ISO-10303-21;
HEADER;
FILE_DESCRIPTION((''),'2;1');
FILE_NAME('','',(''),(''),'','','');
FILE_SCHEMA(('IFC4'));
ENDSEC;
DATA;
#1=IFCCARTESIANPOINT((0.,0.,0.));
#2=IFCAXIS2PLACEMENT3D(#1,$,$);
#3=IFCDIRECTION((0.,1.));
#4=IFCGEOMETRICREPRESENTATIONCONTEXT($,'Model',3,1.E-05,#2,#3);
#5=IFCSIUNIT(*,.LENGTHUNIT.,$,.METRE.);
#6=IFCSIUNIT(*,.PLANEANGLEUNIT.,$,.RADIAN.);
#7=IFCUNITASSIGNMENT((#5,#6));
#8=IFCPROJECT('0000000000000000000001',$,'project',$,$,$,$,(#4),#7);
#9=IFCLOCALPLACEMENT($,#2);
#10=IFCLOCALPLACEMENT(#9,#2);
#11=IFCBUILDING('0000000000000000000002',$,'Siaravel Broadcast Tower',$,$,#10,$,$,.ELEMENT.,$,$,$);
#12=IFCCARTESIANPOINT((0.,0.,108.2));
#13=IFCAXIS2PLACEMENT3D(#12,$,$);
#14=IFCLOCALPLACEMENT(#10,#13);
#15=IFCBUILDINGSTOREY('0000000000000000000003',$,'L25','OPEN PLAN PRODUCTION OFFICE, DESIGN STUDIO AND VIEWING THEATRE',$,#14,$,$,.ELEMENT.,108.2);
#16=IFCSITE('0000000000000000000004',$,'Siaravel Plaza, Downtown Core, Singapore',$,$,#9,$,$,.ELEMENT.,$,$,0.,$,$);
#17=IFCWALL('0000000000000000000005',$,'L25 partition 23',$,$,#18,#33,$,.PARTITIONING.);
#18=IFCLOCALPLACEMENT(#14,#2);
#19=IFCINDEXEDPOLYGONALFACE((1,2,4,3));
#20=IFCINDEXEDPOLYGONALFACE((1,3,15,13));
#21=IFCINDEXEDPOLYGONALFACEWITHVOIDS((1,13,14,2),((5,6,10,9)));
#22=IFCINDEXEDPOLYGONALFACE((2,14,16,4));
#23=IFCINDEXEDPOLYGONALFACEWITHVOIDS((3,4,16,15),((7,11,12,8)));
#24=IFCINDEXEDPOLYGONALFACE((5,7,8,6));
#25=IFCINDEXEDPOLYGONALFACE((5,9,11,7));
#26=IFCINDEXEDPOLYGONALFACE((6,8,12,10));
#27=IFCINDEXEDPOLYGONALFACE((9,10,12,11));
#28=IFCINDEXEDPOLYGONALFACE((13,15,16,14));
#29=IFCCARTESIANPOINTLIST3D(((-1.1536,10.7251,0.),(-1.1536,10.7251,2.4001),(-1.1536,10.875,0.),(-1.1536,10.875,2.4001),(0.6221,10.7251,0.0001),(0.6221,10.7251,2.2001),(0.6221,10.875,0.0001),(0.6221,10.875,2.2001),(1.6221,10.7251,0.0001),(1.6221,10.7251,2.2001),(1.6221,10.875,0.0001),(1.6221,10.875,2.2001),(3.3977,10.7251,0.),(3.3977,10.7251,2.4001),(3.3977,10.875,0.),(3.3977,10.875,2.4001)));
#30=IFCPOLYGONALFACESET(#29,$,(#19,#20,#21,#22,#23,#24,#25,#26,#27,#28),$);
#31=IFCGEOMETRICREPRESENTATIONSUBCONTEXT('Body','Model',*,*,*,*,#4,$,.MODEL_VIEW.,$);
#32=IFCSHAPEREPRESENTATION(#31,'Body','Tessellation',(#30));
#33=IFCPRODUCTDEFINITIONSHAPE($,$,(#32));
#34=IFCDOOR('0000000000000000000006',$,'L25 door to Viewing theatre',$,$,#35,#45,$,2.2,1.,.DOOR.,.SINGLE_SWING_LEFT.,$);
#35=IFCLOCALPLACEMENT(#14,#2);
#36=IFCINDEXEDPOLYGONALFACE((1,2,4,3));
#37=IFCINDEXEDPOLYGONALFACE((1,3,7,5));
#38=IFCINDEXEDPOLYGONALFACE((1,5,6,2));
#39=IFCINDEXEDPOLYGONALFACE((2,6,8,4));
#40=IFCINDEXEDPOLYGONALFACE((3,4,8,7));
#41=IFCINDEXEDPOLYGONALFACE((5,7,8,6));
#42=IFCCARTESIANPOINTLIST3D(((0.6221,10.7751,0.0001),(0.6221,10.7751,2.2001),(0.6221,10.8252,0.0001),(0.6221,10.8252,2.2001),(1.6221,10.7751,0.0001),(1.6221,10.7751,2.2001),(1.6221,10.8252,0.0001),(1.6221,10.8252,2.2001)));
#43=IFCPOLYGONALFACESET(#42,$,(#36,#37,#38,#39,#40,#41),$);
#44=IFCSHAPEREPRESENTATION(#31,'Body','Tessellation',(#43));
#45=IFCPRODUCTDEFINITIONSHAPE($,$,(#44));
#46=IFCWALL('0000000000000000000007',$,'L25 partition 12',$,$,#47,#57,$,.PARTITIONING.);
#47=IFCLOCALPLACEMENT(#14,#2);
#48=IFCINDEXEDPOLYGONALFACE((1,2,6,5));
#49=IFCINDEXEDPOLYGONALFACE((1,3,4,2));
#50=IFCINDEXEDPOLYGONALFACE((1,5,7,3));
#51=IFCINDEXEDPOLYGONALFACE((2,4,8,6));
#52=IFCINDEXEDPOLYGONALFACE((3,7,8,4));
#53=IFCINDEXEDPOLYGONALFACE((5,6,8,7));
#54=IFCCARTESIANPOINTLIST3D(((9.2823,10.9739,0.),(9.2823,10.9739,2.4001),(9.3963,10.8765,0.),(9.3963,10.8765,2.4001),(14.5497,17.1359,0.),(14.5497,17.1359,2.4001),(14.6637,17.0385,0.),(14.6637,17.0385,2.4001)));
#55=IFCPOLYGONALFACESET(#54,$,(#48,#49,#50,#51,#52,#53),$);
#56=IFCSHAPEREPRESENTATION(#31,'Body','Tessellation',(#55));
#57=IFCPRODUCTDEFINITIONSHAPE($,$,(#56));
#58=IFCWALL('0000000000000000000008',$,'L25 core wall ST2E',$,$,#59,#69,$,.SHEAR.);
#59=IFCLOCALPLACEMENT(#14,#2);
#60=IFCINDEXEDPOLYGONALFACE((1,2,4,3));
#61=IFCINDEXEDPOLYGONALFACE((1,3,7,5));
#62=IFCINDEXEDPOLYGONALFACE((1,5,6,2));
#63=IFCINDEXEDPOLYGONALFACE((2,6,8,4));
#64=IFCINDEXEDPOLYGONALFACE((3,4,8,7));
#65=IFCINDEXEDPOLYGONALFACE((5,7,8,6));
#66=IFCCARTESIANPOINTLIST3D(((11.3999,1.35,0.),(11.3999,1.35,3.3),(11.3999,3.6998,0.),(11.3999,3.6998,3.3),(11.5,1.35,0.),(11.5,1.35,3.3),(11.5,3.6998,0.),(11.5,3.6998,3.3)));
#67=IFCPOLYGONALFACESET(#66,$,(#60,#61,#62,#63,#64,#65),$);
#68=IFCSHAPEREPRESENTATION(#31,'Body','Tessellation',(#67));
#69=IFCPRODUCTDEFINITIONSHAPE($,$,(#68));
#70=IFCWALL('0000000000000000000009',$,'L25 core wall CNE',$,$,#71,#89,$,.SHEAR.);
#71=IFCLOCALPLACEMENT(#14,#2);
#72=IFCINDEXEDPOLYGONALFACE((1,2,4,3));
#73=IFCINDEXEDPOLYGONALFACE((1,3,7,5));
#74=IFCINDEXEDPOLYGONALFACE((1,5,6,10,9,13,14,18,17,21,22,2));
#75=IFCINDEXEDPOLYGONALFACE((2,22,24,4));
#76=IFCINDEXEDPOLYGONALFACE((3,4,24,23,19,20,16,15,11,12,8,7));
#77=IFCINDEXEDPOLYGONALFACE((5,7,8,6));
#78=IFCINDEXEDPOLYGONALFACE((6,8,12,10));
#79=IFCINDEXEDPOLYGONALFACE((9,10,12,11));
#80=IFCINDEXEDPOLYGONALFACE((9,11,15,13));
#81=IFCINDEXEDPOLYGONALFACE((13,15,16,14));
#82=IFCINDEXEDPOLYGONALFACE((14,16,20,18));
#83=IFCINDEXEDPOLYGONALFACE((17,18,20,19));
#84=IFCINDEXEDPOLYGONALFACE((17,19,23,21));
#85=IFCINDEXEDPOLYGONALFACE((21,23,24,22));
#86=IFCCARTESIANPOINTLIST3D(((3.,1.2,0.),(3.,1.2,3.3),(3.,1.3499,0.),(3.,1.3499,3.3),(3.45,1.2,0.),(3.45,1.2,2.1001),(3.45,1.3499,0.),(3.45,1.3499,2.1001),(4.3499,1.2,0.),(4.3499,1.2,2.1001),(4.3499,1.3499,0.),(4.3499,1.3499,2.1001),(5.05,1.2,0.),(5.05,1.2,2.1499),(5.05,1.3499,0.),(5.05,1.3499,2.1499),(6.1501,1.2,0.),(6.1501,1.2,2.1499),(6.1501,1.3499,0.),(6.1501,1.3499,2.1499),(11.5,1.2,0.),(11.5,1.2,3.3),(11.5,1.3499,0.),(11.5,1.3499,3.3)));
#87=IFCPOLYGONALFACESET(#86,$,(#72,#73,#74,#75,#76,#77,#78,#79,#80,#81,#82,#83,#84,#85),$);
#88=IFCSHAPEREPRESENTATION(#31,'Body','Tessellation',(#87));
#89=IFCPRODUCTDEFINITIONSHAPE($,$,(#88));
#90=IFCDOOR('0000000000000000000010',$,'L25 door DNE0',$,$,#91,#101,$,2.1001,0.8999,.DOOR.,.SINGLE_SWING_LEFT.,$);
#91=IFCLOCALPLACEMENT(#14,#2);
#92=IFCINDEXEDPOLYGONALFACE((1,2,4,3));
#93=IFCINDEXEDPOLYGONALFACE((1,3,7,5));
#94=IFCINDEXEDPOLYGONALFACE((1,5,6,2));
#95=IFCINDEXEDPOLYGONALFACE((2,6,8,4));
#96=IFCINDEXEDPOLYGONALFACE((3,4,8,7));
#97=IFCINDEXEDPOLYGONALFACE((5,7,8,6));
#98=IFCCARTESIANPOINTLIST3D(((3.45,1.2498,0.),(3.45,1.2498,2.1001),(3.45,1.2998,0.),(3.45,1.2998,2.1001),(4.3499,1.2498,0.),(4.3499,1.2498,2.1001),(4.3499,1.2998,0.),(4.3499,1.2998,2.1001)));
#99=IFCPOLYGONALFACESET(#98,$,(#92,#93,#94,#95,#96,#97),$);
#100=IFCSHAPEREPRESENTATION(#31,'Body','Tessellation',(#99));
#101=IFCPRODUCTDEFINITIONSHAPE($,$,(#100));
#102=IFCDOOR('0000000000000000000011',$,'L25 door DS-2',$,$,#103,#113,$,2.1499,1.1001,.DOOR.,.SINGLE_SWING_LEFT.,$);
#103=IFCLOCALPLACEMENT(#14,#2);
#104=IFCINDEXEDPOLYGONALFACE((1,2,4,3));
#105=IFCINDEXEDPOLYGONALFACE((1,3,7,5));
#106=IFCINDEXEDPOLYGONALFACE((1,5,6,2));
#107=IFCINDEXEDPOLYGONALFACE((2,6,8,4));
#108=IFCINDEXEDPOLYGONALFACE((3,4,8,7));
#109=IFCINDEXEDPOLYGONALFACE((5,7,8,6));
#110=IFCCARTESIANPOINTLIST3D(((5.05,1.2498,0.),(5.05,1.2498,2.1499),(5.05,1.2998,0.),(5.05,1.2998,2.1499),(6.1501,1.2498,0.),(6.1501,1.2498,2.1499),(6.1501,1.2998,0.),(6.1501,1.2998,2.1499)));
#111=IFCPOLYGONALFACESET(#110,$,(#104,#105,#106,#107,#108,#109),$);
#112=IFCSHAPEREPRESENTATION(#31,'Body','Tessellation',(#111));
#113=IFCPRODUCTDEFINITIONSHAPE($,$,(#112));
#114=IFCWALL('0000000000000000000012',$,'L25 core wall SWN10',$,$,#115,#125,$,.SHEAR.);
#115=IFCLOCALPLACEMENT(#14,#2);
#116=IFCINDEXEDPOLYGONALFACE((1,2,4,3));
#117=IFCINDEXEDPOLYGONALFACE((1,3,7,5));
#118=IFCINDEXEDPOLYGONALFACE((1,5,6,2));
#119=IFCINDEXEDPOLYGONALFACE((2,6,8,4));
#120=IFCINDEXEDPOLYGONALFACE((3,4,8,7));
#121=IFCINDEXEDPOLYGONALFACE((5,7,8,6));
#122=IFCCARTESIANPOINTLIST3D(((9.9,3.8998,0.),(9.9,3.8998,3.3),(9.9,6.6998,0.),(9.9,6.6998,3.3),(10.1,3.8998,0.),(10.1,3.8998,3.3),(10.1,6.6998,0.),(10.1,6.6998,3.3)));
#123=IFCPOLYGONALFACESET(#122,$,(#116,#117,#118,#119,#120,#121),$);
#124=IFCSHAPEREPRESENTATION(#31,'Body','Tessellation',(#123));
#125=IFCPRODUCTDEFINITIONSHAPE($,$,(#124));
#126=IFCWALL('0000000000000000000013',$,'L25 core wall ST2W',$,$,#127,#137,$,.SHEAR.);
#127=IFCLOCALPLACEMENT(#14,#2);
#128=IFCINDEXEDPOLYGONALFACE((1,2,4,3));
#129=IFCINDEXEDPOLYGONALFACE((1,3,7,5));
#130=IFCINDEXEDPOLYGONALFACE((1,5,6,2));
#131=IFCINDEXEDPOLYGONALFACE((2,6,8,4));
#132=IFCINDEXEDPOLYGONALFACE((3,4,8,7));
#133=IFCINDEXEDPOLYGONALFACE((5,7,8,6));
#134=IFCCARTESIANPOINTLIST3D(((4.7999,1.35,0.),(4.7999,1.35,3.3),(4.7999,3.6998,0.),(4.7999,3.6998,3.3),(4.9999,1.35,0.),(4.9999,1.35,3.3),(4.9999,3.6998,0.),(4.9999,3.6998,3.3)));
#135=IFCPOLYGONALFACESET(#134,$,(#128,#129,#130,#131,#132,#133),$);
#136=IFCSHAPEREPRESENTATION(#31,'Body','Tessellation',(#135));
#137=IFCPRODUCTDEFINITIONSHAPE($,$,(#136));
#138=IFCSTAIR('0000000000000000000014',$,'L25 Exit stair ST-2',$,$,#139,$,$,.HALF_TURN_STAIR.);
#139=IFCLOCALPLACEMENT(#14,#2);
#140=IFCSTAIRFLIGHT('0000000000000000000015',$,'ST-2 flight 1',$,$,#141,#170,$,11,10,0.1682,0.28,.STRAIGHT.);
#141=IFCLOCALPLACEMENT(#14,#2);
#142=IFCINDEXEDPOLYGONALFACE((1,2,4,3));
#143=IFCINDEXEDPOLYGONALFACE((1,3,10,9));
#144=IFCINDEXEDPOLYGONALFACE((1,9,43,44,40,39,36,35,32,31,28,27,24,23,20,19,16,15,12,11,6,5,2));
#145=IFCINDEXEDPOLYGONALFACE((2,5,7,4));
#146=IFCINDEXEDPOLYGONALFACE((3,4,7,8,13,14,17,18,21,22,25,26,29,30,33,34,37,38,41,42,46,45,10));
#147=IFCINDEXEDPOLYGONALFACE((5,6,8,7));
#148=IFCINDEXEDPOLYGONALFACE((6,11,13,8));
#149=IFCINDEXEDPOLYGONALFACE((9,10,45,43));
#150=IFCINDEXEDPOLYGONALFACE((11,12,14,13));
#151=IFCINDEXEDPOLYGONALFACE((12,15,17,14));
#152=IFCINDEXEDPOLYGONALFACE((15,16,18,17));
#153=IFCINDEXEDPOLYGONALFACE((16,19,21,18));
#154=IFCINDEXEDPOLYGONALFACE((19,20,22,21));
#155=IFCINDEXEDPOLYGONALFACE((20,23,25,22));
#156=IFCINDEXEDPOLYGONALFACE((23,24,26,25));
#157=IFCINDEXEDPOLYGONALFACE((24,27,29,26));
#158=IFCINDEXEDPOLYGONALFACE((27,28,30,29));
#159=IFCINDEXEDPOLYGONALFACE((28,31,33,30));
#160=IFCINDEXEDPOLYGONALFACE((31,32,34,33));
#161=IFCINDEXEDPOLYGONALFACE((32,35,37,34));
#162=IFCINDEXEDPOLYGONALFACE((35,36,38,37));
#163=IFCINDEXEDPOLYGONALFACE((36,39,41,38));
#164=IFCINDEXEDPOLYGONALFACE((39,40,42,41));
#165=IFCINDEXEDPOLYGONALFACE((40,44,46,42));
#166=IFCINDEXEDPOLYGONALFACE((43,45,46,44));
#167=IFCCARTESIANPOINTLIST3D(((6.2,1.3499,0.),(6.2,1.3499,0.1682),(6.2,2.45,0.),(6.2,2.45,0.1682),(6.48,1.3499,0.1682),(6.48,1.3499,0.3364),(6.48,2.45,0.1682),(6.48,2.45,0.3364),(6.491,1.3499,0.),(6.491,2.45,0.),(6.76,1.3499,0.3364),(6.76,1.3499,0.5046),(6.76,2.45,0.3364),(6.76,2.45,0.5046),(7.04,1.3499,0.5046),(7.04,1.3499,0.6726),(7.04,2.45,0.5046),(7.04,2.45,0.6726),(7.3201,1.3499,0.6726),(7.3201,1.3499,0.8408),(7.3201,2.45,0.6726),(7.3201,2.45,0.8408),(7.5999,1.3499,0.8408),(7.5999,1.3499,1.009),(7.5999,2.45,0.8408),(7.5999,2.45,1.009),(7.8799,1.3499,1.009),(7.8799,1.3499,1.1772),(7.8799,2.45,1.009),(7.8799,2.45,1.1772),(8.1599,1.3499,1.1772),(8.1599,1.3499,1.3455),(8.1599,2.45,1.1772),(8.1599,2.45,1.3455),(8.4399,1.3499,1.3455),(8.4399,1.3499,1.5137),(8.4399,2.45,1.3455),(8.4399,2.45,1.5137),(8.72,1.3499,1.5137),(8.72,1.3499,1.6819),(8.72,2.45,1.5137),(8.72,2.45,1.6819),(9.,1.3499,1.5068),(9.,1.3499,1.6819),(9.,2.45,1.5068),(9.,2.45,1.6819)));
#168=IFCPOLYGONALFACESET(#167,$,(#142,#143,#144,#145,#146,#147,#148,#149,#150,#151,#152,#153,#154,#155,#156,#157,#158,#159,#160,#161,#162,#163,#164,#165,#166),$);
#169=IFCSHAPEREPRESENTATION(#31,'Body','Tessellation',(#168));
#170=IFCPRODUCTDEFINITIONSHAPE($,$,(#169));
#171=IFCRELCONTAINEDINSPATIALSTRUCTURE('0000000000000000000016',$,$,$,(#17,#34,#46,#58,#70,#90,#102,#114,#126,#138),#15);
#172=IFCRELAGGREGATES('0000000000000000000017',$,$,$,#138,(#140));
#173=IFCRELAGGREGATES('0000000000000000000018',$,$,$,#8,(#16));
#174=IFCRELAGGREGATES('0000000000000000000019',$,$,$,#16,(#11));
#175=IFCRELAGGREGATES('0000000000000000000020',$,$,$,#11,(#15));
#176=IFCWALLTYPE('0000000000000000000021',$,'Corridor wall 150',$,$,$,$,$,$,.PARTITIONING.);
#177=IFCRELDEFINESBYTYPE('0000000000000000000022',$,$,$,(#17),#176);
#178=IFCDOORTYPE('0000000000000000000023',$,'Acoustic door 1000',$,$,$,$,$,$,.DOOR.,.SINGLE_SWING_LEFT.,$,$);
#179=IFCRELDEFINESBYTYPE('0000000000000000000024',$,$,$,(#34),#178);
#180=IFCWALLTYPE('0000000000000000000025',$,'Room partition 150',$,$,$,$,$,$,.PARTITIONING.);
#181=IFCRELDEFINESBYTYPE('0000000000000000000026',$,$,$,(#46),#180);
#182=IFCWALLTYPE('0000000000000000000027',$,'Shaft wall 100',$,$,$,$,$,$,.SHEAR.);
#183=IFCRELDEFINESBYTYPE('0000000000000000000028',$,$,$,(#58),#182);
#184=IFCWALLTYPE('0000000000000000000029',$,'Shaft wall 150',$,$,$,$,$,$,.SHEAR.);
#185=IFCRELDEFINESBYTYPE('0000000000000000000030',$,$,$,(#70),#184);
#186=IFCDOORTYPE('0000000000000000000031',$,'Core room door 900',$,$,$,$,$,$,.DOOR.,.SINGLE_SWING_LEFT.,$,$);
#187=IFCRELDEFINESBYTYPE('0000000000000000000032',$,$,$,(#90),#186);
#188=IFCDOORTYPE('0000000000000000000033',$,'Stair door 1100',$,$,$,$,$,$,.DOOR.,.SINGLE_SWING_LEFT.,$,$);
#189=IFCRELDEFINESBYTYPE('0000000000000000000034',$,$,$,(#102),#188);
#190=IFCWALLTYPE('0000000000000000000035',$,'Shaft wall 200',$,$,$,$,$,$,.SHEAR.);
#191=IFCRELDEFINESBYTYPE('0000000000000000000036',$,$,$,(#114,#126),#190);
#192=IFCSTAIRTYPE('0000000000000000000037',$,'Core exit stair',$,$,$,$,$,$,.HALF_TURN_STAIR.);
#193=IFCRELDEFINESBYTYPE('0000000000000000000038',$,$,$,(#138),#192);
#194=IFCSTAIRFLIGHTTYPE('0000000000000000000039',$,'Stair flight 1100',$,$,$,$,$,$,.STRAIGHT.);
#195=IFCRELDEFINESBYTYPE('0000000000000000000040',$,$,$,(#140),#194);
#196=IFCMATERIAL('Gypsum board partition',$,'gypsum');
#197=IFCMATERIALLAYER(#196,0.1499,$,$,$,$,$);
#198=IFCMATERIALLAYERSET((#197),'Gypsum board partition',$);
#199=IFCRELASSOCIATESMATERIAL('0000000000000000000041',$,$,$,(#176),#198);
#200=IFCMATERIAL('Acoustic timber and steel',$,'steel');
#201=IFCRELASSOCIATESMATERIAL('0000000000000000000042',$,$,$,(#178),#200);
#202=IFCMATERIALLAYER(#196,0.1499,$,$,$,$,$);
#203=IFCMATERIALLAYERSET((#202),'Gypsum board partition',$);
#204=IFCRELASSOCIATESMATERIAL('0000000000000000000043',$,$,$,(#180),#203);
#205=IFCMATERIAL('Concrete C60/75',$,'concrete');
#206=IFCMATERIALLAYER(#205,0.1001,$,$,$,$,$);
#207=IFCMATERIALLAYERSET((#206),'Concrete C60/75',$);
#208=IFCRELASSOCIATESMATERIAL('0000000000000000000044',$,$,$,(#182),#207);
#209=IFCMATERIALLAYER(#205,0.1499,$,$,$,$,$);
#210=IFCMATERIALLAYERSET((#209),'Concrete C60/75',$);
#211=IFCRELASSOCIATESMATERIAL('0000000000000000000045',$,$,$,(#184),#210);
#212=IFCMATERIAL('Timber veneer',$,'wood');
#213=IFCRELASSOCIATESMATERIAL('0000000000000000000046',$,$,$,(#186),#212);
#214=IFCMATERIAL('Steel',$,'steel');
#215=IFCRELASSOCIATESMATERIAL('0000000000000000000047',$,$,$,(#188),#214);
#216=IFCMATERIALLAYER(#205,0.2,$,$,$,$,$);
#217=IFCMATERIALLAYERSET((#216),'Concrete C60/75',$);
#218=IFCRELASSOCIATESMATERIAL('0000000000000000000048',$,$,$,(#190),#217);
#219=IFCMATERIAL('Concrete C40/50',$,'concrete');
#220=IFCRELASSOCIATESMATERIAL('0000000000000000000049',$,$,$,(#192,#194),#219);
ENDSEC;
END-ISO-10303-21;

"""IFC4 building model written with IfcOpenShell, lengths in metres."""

from ifc_helpers import new_model, si_unit, direction, frame, frame_2d, origin, place, context, subcontext, project, spatial, polyline, rectangle, outline, extrude, material, layer, layer_set, type_object, element, fill, aggregate, save


model = new_model("IFC4")

# Units and contexts
model_context = context("Model", 3, precision=1e-05, world=origin(), true_north=direction((0.0, 1.0)))
body_context = subcontext(model_context, "Body", "Model", "MODEL_VIEW")
ifc_project = project(units=[si_unit("LENGTHUNIT", "METRE"), si_unit("PLANEANGLEUNIT", "RADIAN")], contexts=[model_context])

# Site, building, storey
site_placement = place(None, origin())
site = spatial("IfcSite", under=ifc_project, at=site_placement, Name="Siaravel Plaza, Downtown Core, Singapore", CompositionType="ELEMENT", RefElevation=0.0)
building_placement = place(site_placement, origin())
building = spatial("IfcBuilding", under=site, at=building_placement, Name="Siaravel Broadcast Tower", CompositionType="ELEMENT")
storey_placement = place(building_placement, frame((0.0, 0.0, 108.2)))
storey = spatial("IfcBuildingStorey", under=building, at=storey_placement, Name="L25", Description="OPEN PLAN PRODUCTION OFFICE, DESIGN STUDIO AND VIEWING THEATRE", CompositionType="ELEMENT", Elevation=108.2)

# Shared definitions
ifc_material_1 = material(Name="Concrete C60/75", Category="concrete")

# Wall, opening, door
ifc_material_2 = material(Name="Gypsum board partition", Category="gypsum")
ifc_layer_1 = layer(ifc_material_2, 0.1499)
ifc_layer_set_1 = layer_set([ifc_layer_1], Name="Gypsum board partition")
wall_type_1 = type_object("IfcWallType", Name="Corridor wall 150", PredefinedType="PARTITIONING", material=ifc_layer_set_1)
ifc_material_3 = material(Name="Timber veneer", Category="wood")
wall_1_placement = place(storey_placement, frame((3.3977, 10.8, 0.0), z_axis=(0.0, 0.0, 1.0), x_axis=(-1.0, 0.0, 0.0)))
wall_1 = element("IfcWall", 1, at=wall_1_placement, inside=storey, type_object=wall_type_1, Name="L25 partition 23", PredefinedType="PARTITIONING", context=body_context, shape_type="SweptSolid", body=[
    extrude(rectangle(XDim=4.5513, YDim=0.1499, at=frame_2d((2.2756, 0.0))), origin(), (0.0, 0.0, 1.0), 2.4001),
])
opening_1_placement = place(wall_1_placement, frame((1.7756, 0.0, 0.0)))
opening_1 = element("IfcOpeningElement", 2, at=opening_1_placement, cuts=wall_1, PredefinedType="OPENING", context=body_context, shape_type="SweptSolid", body=[
    extrude(rectangle(XDim=1.0, YDim=2.2, at=frame_2d((0.5, 1.1001))), frame((0.0, 0.085, 0.0), z_axis=(0.0, -1.0, 0.0), x_axis=(1.0, 0.0, 0.0)), (0.0, 0.0, 1.0), 0.1699),
])
ifc_material_4 = material(Name="Acoustic timber and steel", Category="steel")
door_type_1 = type_object("IfcDoorType", Name="Acoustic door 1000", OperationType="SINGLE_SWING_LEFT", PredefinedType="DOOR", material=ifc_material_4)
door_1_placement = place(opening_1_placement, origin())
door_1 = element("IfcDoor", 3, at=door_1_placement, inside=storey, type_object=door_type_1, Name="L25 door to Viewing theatre", OperationType="SINGLE_SWING_LEFT", OverallHeight=2.2, OverallWidth=1.0, PredefinedType="DOOR", context=body_context, shape_type="SweptSolid", body=[
    extrude(rectangle(XDim=1.0, YDim=2.2, at=frame_2d((0.5, 1.1001))), frame((0.0, 0.0249, 0.0), z_axis=(0.0, -1.0, 0.0), x_axis=(1.0, 0.0, 0.0)), (0.0, 0.0, 1.0), 0.05),
])
fill(opening_1, door_1)

# Walls
ifc_layer_2 = layer(ifc_material_2, 0.1499)
ifc_layer_set_2 = layer_set([ifc_layer_2], Name="Gypsum board partition")
wall_type_2 = type_object("IfcWallType", Name="Room partition 150", PredefinedType="PARTITIONING", material=ifc_layer_set_2)
wall_2_placement = place(storey_placement, frame((14.6067, 17.0872, 0.0), z_axis=(0.0, 0.0, 1.0), x_axis=(-0.649776, -0.760125, 0.0)))
element("IfcWall", 4, at=wall_2_placement, inside=storey, type_object=wall_type_2, Name="L25 partition 12", PredefinedType="PARTITIONING", context=body_context, shape_type="SweptSolid", body=[
    extrude(rectangle(XDim=8.1064, YDim=0.1499, at=frame_2d((4.0532, 0.0))), origin(), (0.0, 0.0, 1.0), 2.4001),
])
ifc_layer_3 = layer(ifc_material_1, 0.1001)
ifc_layer_set_3 = layer_set([ifc_layer_3], Name="Concrete C60/75")
wall_type_3 = type_object("IfcWallType", Name="Shaft wall 100", PredefinedType="SHEAR", material=ifc_layer_set_3)
wall_3_placement = place(storey_placement, frame((11.45, 1.3501, 0.0), z_axis=(0.0, 0.0, 1.0), x_axis=(0.0, 1.0, 0.0)))
element("IfcWall", 5, at=wall_3_placement, inside=storey, type_object=wall_type_3, Name="L25 core wall ST2E", PredefinedType="SHEAR", context=body_context, shape_type="SweptSolid", body=[
    extrude(rectangle(XDim=2.3499, YDim=0.1001, at=frame_2d((1.1748, 0.0))), origin(), (0.0, 0.0, 1.0), 3.3),
])

# Wall, openings, doors
ifc_layer_4 = layer(ifc_material_1, 0.1499)
ifc_layer_set_4 = layer_set([ifc_layer_4], Name="Concrete C60/75")
wall_type_4 = type_object("IfcWallType", Name="Shaft wall 150", PredefinedType="SHEAR", material=ifc_layer_set_4)
wall_4_placement = place(storey_placement, frame((3.0, 1.2749, 0.0), z_axis=(0.0, 0.0, 1.0), x_axis=(1.0, 0.0, 0.0)))
wall_4 = element("IfcWall", 6, at=wall_4_placement, inside=storey, type_object=wall_type_4, Name="L25 core wall CNE", PredefinedType="SHEAR", context=body_context, shape_type="SweptSolid", body=[
    extrude(rectangle(XDim=8.5, YDim=0.1499, at=frame_2d((4.25, 0.0))), origin(), (0.0, 0.0, 1.0), 3.3),
])
opening_2_placement = place(wall_4_placement, frame((2.05, 0.0, 0.0)))
opening_2 = element("IfcOpeningElement", 7, at=opening_2_placement, cuts=wall_4, PredefinedType="OPENING", context=body_context, shape_type="SweptSolid", body=[
    extrude(rectangle(XDim=1.1001, YDim=2.1499, at=frame_2d((0.55, 1.075))), frame((0.0, 0.085, 0.0), z_axis=(0.0, -1.0, 0.0), x_axis=(1.0, 0.0, 0.0)), (0.0, 0.0, 1.0), 0.1699),
])
opening_3_placement = place(wall_4_placement, frame((0.45, 0.0, 0.0)))
opening_3 = element("IfcOpeningElement", 8, at=opening_3_placement, cuts=wall_4, PredefinedType="OPENING", context=body_context, shape_type="SweptSolid", body=[
    extrude(rectangle(XDim=0.8999, YDim=2.1001, at=frame_2d((0.45, 1.05))), frame((0.0, 0.085, 0.0), z_axis=(0.0, -1.0, 0.0), x_axis=(1.0, 0.0, 0.0)), (0.0, 0.0, 1.0), 0.1699),
])
door_type_2 = type_object("IfcDoorType", Name="Core room door 900", OperationType="SINGLE_SWING_LEFT", PredefinedType="DOOR", material=ifc_material_3)
door_2_placement = place(opening_3_placement, origin())
door_2 = element("IfcDoor", 9, at=door_2_placement, inside=storey, type_object=door_type_2, Name="L25 door DNE0", OperationType="SINGLE_SWING_LEFT", OverallHeight=2.1001, OverallWidth=0.8999, PredefinedType="DOOR", context=body_context, shape_type="SweptSolid", body=[
    extrude(rectangle(XDim=0.8999, YDim=2.1001, at=frame_2d((0.45, 1.05))), frame((0.0, 0.0249, 0.0), z_axis=(0.0, -1.0, 0.0), x_axis=(1.0, 0.0, 0.0)), (0.0, 0.0, 1.0), 0.05),
])
fill(opening_3, door_2)
ifc_material_5 = material(Name="Steel", Category="steel")
door_type_3 = type_object("IfcDoorType", Name="Stair door 1100", OperationType="SINGLE_SWING_LEFT", PredefinedType="DOOR", material=ifc_material_5)
door_3_placement = place(opening_2_placement, origin())
door_3 = element("IfcDoor", 10, at=door_3_placement, inside=storey, type_object=door_type_3, Name="L25 door DS-2", OperationType="SINGLE_SWING_LEFT", OverallHeight=2.1499, OverallWidth=1.1001, PredefinedType="DOOR", context=body_context, shape_type="SweptSolid", body=[
    extrude(rectangle(XDim=1.1001, YDim=2.1499, at=frame_2d((0.55, 1.075))), frame((0.0, 0.0249, 0.0), z_axis=(0.0, -1.0, 0.0), x_axis=(1.0, 0.0, 0.0)), (0.0, 0.0, 1.0), 0.05),
])
fill(opening_2, door_3)

# Walls
ifc_layer_5 = layer(ifc_material_1, 0.2)
ifc_layer_set_5 = layer_set([ifc_layer_5], Name="Concrete C60/75")
wall_type_5 = type_object("IfcWallType", Name="Shaft wall 200", PredefinedType="SHEAR", material=ifc_layer_set_5)
wall_5_placement = place(storey_placement, frame((10.0, 3.8999, 0.0), z_axis=(0.0, 0.0, 1.0), x_axis=(0.0, 1.0, 0.0)))
element("IfcWall", 11, at=wall_5_placement, inside=storey, type_object=wall_type_5, Name="L25 core wall SWN10", PredefinedType="SHEAR", context=body_context, shape_type="SweptSolid", body=[
    extrude(rectangle(XDim=2.8, YDim=0.2, at=frame_2d((1.3999, 0.0))), origin(), (0.0, 0.0, 1.0), 3.3),
])
wall_6_placement = place(storey_placement, frame((4.8999, 1.3501, 0.0), z_axis=(0.0, 0.0, 1.0), x_axis=(0.0, 1.0, 0.0)))
element("IfcWall", 12, at=wall_6_placement, inside=storey, type_object=wall_type_5, Name="L25 core wall ST2W", PredefinedType="SHEAR", context=body_context, shape_type="SweptSolid", body=[
    extrude(rectangle(XDim=2.3499, YDim=0.2, at=frame_2d((1.1748, 0.0))), origin(), (0.0, 0.0, 1.0), 3.3),
])

# Stair, stair flight
ifc_material_6 = material(Name="Concrete C40/50", Category="concrete")
stair_type = type_object("IfcStairType", Name="Core exit stair", PredefinedType="HALF_TURN_STAIR", material=ifc_material_6)
stair_placement = place(storey_placement, origin())
stair = element("IfcStair", 13, at=stair_placement, inside=storey, type_object=stair_type, Name="L25 Exit stair ST-2", PredefinedType="HALF_TURN_STAIR")
stair_flight_type = type_object("IfcStairFlightType", Name="Stair flight 1100", PredefinedType="STRAIGHT", material=ifc_material_6)
stair_flight_1_placement = place(storey_placement, frame((6.2, 1.8999, 0.0), z_axis=(0.0, 0.0, 1.0), x_axis=(1.0, 0.0, 0.0)))
stair_flight_1 = element("IfcStairFlight", 14, at=stair_flight_1_placement, type_object=stair_flight_type, Name="ST-2 flight 1", NumberOfRisers=11, NumberOfTreads=10, PredefinedType="STRAIGHT", RiserHeight=0.1682, TreadLength=0.28, context=body_context, shape_type="SweptSolid", body=[
    extrude(outline(polyline([(0.0, 0.0), (0.0, 0.1682), (0.28, 0.1682), (0.28, 0.3364), (0.5601, 0.3364), (0.5601, 0.5046), (0.8401, 0.5046), (0.8401, 0.6726), (1.1201, 0.6726), (1.1201, 0.8408), (1.3999, 0.8408), (1.3999, 1.009), (1.6799, 1.009), (1.6799, 1.1772), (1.96, 1.1772), (1.96, 1.3455), (2.24, 1.3455), (2.24, 1.5137), (2.52, 1.5137), (2.52, 1.6819), (2.8, 1.6819), (2.8, 1.8501), (2.8, 1.5068), (0.291, 0.0), (0.0, 0.0)])), frame((0.0, 0.55, 0.0), z_axis=(0.0, -1.0, 0.0), x_axis=(1.0, 0.0, 0.0)), (0.0, 0.0, 1.0), 1.1001),
])
aggregate(stair, [stair_flight_1])

save(model, "model.ifc")
